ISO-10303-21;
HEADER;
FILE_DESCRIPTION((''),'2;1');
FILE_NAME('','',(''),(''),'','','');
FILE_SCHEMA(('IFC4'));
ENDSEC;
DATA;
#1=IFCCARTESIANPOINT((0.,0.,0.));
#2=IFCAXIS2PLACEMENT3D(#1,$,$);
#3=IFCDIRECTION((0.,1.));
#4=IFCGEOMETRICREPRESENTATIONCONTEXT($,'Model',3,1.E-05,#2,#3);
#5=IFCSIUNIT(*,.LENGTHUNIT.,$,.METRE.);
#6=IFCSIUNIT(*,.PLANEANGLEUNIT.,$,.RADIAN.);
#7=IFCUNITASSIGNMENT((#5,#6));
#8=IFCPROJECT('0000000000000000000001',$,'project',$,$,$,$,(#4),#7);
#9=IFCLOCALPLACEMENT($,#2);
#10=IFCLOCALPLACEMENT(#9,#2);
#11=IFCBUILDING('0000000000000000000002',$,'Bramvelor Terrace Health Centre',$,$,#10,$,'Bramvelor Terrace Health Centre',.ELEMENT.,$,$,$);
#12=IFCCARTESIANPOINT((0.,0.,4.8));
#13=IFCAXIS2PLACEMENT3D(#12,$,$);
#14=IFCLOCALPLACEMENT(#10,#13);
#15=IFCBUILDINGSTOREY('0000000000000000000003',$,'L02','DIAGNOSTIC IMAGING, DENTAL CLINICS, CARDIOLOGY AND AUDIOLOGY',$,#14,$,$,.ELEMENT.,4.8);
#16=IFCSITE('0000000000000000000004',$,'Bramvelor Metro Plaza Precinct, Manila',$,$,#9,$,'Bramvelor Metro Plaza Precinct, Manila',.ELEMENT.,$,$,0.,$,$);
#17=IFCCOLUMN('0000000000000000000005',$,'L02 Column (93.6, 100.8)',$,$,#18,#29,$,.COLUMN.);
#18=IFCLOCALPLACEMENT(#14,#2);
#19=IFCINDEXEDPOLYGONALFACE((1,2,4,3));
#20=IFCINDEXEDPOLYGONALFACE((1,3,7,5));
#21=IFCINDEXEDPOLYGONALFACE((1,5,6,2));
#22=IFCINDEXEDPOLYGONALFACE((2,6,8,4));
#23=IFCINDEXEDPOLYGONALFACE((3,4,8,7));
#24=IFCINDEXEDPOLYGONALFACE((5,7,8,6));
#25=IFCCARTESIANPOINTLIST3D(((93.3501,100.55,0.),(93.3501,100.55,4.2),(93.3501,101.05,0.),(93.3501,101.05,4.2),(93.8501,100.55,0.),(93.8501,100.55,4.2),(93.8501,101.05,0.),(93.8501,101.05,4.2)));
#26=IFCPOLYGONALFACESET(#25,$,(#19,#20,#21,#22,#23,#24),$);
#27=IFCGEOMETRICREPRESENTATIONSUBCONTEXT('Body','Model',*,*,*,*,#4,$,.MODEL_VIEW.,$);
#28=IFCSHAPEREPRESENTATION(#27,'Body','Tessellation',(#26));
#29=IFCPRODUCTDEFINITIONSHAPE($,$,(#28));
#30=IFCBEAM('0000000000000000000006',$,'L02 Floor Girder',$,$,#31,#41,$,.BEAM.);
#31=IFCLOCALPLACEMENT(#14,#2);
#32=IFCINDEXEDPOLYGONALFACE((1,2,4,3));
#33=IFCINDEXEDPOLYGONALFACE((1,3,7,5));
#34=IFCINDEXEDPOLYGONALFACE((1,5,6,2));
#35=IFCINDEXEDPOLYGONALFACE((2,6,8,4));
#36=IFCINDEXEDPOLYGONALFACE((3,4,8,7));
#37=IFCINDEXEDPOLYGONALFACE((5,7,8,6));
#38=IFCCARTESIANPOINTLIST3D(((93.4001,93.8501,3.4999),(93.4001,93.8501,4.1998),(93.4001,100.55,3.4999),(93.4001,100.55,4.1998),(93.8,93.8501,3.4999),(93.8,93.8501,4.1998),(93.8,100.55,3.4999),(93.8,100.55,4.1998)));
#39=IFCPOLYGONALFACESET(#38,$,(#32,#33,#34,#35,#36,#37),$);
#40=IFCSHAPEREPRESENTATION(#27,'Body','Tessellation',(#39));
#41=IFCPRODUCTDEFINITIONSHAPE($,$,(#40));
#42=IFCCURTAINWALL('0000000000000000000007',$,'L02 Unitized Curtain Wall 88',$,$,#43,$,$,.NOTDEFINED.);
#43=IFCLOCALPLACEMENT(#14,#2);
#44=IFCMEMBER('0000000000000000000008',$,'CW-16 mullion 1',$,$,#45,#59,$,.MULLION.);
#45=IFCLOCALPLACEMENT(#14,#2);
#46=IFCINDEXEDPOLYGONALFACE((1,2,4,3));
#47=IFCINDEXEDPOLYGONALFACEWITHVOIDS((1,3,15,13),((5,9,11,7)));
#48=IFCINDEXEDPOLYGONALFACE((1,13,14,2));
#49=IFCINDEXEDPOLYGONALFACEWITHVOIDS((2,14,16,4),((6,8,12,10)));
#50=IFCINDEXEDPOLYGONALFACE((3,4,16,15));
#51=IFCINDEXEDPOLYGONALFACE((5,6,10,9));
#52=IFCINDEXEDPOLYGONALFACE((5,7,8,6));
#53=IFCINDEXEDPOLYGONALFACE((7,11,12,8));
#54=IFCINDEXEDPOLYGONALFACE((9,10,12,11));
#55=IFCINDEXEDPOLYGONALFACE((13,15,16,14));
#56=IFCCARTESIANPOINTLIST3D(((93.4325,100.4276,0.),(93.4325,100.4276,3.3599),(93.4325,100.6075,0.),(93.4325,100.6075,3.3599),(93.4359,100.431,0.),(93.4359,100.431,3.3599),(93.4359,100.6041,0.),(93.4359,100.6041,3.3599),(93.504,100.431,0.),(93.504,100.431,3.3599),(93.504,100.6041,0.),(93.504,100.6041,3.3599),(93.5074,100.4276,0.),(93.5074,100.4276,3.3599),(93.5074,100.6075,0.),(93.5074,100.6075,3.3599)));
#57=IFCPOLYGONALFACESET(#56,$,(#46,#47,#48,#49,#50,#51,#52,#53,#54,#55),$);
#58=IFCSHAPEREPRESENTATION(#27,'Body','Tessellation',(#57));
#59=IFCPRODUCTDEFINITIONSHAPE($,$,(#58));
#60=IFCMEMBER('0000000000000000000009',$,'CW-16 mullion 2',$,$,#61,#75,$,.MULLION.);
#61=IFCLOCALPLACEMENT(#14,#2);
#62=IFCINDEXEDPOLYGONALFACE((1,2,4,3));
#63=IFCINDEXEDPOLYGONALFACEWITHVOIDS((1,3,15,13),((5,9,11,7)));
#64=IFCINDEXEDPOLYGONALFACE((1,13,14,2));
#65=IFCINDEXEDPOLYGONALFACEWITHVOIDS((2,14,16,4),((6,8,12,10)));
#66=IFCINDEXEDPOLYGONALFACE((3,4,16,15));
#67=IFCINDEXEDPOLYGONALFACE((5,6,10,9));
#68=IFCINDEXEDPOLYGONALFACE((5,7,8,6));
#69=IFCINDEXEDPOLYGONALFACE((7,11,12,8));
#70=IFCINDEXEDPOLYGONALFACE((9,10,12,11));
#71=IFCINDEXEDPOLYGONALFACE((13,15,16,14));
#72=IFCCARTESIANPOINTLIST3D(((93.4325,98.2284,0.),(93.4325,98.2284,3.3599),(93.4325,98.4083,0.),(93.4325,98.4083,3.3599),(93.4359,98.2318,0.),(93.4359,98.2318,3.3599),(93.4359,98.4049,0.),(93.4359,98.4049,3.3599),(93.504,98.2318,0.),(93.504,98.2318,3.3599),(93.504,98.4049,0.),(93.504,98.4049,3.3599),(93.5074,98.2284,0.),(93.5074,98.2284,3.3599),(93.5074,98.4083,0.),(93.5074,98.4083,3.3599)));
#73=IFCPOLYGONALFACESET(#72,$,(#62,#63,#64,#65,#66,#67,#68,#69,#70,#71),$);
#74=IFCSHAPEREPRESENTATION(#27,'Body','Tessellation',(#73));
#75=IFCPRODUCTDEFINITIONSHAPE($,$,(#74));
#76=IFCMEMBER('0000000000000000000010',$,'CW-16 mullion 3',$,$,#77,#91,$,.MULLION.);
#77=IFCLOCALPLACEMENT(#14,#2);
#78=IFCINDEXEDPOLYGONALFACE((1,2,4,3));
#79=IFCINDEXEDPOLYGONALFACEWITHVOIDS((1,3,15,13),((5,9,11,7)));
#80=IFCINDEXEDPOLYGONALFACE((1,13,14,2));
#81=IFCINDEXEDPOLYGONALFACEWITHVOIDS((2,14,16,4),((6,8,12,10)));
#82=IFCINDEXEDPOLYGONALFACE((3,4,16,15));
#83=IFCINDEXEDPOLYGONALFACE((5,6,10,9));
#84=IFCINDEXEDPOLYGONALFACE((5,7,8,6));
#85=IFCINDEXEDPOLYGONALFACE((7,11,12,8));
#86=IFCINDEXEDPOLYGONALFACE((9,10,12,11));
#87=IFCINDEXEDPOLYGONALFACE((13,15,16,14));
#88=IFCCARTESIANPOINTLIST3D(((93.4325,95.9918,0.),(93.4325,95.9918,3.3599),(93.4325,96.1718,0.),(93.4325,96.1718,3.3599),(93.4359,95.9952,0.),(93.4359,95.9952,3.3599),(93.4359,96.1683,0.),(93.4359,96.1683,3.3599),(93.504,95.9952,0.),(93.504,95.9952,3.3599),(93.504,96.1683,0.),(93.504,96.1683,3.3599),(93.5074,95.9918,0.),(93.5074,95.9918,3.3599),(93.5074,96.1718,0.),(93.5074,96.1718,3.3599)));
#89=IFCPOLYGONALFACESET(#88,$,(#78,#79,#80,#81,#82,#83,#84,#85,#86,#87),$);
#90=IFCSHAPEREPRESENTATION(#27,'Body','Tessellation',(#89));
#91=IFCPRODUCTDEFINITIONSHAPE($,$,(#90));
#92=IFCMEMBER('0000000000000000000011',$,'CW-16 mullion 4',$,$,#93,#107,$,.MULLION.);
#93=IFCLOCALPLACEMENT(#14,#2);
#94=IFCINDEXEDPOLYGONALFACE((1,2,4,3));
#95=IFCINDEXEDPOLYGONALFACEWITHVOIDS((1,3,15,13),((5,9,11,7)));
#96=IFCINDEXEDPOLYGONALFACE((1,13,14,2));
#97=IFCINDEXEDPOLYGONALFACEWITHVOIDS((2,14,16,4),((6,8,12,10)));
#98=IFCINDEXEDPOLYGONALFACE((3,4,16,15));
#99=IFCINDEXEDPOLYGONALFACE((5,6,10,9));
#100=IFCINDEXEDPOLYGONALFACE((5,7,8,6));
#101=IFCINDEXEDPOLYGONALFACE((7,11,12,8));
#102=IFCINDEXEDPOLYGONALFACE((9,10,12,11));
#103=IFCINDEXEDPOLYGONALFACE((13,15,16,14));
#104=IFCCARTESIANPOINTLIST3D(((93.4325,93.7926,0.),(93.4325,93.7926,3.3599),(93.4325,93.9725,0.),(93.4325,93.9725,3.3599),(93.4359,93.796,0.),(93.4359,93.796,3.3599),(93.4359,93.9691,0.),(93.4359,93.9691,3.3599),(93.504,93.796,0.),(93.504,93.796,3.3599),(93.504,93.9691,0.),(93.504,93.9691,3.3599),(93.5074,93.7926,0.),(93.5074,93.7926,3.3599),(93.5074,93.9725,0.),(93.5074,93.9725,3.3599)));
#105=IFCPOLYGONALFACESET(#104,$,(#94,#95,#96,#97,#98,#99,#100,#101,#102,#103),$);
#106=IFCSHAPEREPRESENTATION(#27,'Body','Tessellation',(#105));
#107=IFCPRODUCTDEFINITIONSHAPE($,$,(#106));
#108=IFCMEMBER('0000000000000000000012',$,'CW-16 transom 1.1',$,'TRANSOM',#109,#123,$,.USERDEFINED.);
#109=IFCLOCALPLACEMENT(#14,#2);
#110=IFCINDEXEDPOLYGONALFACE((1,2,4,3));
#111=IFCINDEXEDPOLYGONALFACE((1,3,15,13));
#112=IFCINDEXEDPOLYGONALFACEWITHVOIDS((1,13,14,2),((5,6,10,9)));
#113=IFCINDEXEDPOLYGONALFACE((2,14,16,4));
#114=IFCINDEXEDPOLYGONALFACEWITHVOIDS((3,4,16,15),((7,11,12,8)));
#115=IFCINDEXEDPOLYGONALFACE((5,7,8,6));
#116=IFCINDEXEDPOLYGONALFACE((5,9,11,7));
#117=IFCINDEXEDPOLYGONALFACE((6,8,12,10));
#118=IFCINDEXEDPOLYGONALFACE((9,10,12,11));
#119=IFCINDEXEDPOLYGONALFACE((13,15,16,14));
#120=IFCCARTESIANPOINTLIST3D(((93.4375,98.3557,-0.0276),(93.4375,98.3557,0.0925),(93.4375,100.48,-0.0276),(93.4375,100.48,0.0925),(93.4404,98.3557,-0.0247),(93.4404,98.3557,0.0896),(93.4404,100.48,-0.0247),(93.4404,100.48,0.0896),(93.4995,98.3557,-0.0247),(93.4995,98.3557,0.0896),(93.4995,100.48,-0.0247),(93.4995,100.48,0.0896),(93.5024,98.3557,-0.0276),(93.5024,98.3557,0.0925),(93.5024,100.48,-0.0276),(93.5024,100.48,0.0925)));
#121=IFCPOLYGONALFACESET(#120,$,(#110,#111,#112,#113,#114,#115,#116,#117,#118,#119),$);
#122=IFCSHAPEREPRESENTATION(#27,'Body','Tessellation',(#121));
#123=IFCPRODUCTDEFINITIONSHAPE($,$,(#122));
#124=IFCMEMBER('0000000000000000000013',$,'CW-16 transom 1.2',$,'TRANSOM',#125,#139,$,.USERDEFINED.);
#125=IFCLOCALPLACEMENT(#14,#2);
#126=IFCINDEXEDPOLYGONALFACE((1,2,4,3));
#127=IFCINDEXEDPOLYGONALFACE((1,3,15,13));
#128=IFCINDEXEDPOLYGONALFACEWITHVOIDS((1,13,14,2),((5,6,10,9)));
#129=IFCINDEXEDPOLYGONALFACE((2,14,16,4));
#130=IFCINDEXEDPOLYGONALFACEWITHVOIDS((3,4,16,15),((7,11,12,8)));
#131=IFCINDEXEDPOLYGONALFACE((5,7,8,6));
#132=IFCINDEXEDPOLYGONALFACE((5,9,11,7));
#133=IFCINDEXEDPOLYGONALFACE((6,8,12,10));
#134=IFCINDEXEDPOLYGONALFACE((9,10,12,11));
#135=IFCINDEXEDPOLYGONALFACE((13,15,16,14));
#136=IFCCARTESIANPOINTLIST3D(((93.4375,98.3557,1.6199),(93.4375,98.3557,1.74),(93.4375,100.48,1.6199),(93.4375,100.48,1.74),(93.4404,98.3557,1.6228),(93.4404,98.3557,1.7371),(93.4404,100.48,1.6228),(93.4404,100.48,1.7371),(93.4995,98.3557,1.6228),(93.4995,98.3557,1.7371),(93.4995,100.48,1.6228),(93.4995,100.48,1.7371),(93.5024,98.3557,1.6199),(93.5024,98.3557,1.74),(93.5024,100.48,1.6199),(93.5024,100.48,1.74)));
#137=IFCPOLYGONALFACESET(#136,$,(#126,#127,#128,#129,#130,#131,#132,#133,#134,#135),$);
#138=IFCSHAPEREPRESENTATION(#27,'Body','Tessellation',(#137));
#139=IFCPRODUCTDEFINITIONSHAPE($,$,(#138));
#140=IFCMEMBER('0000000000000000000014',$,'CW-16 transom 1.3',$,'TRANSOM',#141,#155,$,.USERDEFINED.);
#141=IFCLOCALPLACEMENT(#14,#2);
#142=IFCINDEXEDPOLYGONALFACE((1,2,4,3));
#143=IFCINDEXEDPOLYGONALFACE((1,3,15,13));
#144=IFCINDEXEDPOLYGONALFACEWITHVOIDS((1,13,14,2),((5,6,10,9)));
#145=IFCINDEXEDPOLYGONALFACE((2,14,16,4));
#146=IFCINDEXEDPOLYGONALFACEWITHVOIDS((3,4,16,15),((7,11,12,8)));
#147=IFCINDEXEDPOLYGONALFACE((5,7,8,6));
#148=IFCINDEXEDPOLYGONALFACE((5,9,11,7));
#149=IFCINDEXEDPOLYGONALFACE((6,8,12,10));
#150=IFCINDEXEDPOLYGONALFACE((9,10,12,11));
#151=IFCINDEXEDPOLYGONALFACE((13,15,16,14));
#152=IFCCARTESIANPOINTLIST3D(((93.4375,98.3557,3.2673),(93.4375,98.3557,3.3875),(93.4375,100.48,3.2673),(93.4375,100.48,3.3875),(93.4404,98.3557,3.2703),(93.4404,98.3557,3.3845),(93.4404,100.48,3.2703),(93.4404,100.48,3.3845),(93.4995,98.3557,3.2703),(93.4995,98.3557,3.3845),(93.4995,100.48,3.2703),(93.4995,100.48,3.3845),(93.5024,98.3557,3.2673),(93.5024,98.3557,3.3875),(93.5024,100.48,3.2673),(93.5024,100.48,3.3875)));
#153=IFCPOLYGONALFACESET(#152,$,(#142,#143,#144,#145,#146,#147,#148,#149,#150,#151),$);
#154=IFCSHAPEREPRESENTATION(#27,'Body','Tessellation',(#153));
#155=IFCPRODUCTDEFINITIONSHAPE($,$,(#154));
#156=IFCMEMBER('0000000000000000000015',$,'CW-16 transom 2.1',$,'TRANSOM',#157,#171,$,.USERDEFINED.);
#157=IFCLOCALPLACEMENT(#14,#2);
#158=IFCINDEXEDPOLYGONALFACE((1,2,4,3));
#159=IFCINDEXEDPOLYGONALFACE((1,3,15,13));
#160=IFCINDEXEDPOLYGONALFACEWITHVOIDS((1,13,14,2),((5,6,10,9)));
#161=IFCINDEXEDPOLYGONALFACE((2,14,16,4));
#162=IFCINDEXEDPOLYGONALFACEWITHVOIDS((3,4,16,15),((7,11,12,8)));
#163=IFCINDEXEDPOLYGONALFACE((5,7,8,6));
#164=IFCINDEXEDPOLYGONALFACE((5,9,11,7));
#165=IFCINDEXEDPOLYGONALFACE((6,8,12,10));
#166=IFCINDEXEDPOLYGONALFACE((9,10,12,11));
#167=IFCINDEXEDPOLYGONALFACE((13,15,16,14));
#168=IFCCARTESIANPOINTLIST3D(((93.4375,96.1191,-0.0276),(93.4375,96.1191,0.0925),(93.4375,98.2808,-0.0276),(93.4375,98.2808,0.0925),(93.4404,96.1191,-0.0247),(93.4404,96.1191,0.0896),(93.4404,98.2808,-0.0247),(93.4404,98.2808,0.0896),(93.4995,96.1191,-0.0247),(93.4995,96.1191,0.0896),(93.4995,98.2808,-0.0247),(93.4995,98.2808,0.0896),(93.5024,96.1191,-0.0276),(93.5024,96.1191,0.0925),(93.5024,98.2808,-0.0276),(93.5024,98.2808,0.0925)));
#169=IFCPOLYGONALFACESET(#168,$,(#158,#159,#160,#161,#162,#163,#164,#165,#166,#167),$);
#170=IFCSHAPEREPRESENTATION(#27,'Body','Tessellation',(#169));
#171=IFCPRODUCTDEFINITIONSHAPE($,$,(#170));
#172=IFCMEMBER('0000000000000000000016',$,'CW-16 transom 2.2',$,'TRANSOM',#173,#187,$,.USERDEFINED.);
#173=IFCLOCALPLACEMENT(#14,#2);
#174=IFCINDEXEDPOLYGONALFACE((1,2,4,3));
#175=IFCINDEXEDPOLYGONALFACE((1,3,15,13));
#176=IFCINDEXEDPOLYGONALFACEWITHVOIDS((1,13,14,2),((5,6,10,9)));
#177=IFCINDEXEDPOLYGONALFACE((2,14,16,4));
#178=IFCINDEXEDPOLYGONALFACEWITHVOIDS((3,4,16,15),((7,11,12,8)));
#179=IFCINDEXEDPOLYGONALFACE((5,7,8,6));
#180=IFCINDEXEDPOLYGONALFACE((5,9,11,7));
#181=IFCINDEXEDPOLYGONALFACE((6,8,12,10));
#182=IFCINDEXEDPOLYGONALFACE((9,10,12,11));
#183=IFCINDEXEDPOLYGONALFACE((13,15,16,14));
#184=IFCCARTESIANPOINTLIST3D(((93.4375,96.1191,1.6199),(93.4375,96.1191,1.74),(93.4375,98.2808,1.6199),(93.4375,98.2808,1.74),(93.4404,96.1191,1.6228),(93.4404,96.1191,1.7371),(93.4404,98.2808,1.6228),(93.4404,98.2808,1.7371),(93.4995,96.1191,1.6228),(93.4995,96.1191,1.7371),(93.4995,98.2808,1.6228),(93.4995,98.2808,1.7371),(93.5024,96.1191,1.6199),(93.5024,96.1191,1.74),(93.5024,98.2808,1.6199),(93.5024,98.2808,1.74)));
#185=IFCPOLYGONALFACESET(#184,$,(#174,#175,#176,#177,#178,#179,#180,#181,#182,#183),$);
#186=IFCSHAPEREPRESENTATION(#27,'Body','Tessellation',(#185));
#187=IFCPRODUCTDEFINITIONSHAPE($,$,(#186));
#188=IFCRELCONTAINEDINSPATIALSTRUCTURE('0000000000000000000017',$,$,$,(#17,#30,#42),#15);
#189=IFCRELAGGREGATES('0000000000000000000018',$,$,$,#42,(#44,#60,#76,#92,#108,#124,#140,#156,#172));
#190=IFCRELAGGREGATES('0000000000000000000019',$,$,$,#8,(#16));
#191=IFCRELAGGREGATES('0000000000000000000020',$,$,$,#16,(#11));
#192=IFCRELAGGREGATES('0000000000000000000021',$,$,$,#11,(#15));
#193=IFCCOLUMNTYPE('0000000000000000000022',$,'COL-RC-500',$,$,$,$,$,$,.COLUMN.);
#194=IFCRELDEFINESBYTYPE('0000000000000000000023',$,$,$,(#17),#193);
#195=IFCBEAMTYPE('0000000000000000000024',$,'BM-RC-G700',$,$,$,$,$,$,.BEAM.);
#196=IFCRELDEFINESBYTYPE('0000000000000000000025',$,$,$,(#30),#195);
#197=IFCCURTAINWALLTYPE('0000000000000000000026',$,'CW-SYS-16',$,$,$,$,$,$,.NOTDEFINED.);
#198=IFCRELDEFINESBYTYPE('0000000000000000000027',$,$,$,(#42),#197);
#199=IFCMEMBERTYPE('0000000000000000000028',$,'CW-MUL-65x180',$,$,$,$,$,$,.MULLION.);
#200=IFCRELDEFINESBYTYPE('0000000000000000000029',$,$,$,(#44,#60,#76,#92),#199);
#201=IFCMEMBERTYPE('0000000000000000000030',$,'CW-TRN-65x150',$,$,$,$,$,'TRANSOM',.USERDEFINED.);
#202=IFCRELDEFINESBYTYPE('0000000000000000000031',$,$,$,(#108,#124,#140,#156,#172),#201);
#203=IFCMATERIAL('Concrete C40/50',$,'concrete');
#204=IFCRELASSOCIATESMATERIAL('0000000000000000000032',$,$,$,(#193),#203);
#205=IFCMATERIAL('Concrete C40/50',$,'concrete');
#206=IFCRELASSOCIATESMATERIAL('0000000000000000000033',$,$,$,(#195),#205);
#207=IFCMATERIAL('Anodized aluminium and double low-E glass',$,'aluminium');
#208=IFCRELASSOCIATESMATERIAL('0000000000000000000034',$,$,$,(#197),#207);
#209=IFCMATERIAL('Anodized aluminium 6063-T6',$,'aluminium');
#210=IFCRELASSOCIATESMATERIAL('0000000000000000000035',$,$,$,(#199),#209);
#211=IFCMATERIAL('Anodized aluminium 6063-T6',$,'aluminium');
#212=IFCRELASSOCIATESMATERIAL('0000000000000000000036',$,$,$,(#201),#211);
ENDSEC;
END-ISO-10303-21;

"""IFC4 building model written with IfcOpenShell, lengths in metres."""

from ifc_helpers import new_model, si_unit, direction, frame, origin, origin_2d, place, context, subcontext, project, spatial, rectangle, hollow_rectangle, extrude, material, material_profile, profile_set, type_object, element, aggregate, save


model = new_model("IFC4")

# Units and contexts
model_context = context("Model", 3, precision=1e-05, world=origin(), true_north=direction((0.0, 1.0)))
body_context = subcontext(model_context, "Body", "Model", "MODEL_VIEW")
ifc_project = project(units=[si_unit("LENGTHUNIT", "METRE"), si_unit("PLANEANGLEUNIT", "RADIAN")], contexts=[model_context])

# Site, building, storey
site_placement = place(None, origin())
site = spatial("IfcSite", under=ifc_project, at=site_placement, Name="Bramvelor Metro Plaza Precinct, Manila", LongName="Bramvelor Metro Plaza Precinct, Manila", CompositionType="ELEMENT", RefElevation=0.0)
building_placement = place(site_placement, origin())
building = spatial("IfcBuilding", under=site, at=building_placement, Name="Bramvelor Terrace Health Centre", LongName="Bramvelor Terrace Health Centre", CompositionType="ELEMENT")
storey_placement = place(building_placement, frame((0.0, 0.0, 4.8)))
storey = spatial("IfcBuildingStorey", under=building, at=storey_placement, Name="L02", Description="DIAGNOSTIC IMAGING, DENTAL CLINICS, CARDIOLOGY AND AUDIOLOGY", CompositionType="ELEMENT", Elevation=4.8)

# Column
ifc_material_1 = material(Name="Concrete C40/50", Category="concrete")
ifc_material_profile_1 = material_profile(ifc_material_1, rectangle(XDim=0.5, YDim=0.5, at=origin_2d()), Name="RC 500x500")
ifc_profile_set_1 = profile_set([ifc_material_profile_1], Name="Concrete C40/50")
column_type = type_object("IfcColumnType", Name="COL-RC-500", PredefinedType="COLUMN", material=ifc_profile_set_1)
column_placement = place(storey_placement, frame((93.6001, 100.8, 0.0), z_axis=(0.0, 0.0, 1.0), x_axis=(1.0, 0.0, 0.0)))
element("IfcColumn", 1, at=column_placement, inside=storey, type_object=column_type, Name="L02 Column (93.6, 100.8)", PredefinedType="COLUMN", context=body_context, shape_type="SweptSolid", body=[
    extrude(rectangle(XDim=0.5, YDim=0.5, at=origin_2d()), origin(), (0.0, 0.0, 1.0), 4.2),
])

# Beam
ifc_material_2 = material(Name="Concrete C40/50", Category="concrete")
ifc_material_profile_2 = material_profile(ifc_material_2, rectangle(XDim=0.3999, YDim=0.7, at=origin_2d()), Name="RC 400x700")
ifc_profile_set_2 = profile_set([ifc_material_profile_2], Name="Concrete C40/50")
beam_type = type_object("IfcBeamType", Name="BM-RC-G700", PredefinedType="BEAM", material=ifc_profile_set_2)
beam_placement = place(storey_placement, frame((93.6001, 93.8501, 3.8499), z_axis=(0.0, 1.0, 0.0), x_axis=(-1.0, 0.0, 0.0)))
element("IfcBeam", 2, at=beam_placement, inside=storey, type_object=beam_type, Name="L02 Floor Girder", PredefinedType="BEAM", context=body_context, shape_type="SweptSolid", body=[
    extrude(rectangle(XDim=0.3999, YDim=0.7, at=origin_2d()), origin(), (0.0, 0.0, 1.0), 6.7),
])

# Curtain wall, members
ifc_material_3 = material(Name="Anodized aluminium and double low-E glass", Category="aluminium")
curtain_wall_type = type_object("IfcCurtainWallType", Name="CW-SYS-16", PredefinedType="NOTDEFINED", material=ifc_material_3)
curtain_wall_placement = place(storey_placement, origin())
curtain_wall = element("IfcCurtainWall", 3, at=curtain_wall_placement, inside=storey, type_object=curtain_wall_type, Name="L02 Unitized Curtain Wall 88", PredefinedType="NOTDEFINED")
ifc_material_4 = material(Name="Anodized aluminium 6063-T6", Category="aluminium")
ifc_material_profile_3 = material_profile(ifc_material_4, hollow_rectangle(XDim=0.075, YDim=0.1799, WallThickness=0.0034, at=origin_2d()), Name="ALU-MUL 75x180x3.5")
ifc_profile_set_3 = profile_set([ifc_material_profile_3], Name="Anodized aluminium 6063-T6")
member_type_1 = type_object("IfcMemberType", Name="CW-MUL-65x180", PredefinedType="MULLION", material=ifc_profile_set_3)
member_1_placement = place(storey_placement, frame((93.47, 100.5176, 0.0), z_axis=(0.0, 0.0, 1.0), x_axis=(1.0, 0.0, 0.0)))
member_1 = element("IfcMember", 4, at=member_1_placement, type_object=member_type_1, Name="CW-16 mullion 1", PredefinedType="MULLION", context=body_context, shape_type="SweptSolid", body=[
    extrude(hollow_rectangle(XDim=0.075, YDim=0.1799, WallThickness=0.0034, at=origin_2d()), origin(), (0.0, 0.0, 1.0), 3.3599),
])
member_2_placement = place(storey_placement, frame((93.47, 98.3184, 0.0), z_axis=(0.0, 0.0, 1.0), x_axis=(1.0, 0.0, 0.0)))
member_2 = element("IfcMember", 5, at=member_2_placement, type_object=member_type_1, Name="CW-16 mullion 2", PredefinedType="MULLION", context=body_context, shape_type="SweptSolid", body=[
    extrude(hollow_rectangle(XDim=0.075, YDim=0.1799, WallThickness=0.0034, at=origin_2d()), origin(), (0.0, 0.0, 1.0), 3.3599),
])
member_3_placement = place(storey_placement, frame((93.47, 96.0818, 0.0), z_axis=(0.0, 0.0, 1.0), x_axis=(1.0, 0.0, 0.0)))
member_3 = element("IfcMember", 6, at=member_3_placement, type_object=member_type_1, Name="CW-16 mullion 3", PredefinedType="MULLION", context=body_context, shape_type="SweptSolid", body=[
    extrude(hollow_rectangle(XDim=0.075, YDim=0.1799, WallThickness=0.0034, at=origin_2d()), origin(), (0.0, 0.0, 1.0), 3.3599),
])
member_4_placement = place(storey_placement, frame((93.47, 93.8826, 0.0), z_axis=(0.0, 0.0, 1.0), x_axis=(1.0, 0.0, 0.0)))
member_4 = element("IfcMember", 7, at=member_4_placement, type_object=member_type_1, Name="CW-16 mullion 4", PredefinedType="MULLION", context=body_context, shape_type="SweptSolid", body=[
    extrude(hollow_rectangle(XDim=0.075, YDim=0.1799, WallThickness=0.0034, at=origin_2d()), origin(), (0.0, 0.0, 1.0), 3.3599),
])
ifc_material_5 = material(Name="Anodized aluminium 6063-T6", Category="aluminium")
ifc_material_profile_4 = material_profile(ifc_material_5, hollow_rectangle(XDim=0.0649, YDim=0.1201, WallThickness=0.0029, at=origin_2d()), Name="ALU-TRN 65x120x3.0")
ifc_profile_set_4 = profile_set([ifc_material_profile_4], Name="Anodized aluminium 6063-T6")
member_type_2 = type_object("IfcMemberType", Name="CW-TRN-65x150", ElementType="TRANSOM", PredefinedType="USERDEFINED", material=ifc_profile_set_4)
member_5_placement = place(storey_placement, frame((93.47, 100.48, 0.0325), z_axis=(0.0, -1.0, 0.0), x_axis=(1.0, 0.0, 0.0)))
member_5 = element("IfcMember", 8, at=member_5_placement, type_object=member_type_2, Name="CW-16 transom 1.1", ObjectType="TRANSOM", PredefinedType="USERDEFINED", context=body_context, shape_type="SweptSolid", body=[
    extrude(hollow_rectangle(XDim=0.0649, YDim=0.1201, WallThickness=0.0029, at=origin_2d()), origin(), (0.0, 0.0, 1.0), 2.1243),
])
member_6_placement = place(storey_placement, frame((93.47, 100.48, 1.6799), z_axis=(0.0, -1.0, 0.0), x_axis=(1.0, 0.0, 0.0)))
member_6 = element("IfcMember", 9, at=member_6_placement, type_object=member_type_2, Name="CW-16 transom 1.2", ObjectType="TRANSOM", PredefinedType="USERDEFINED", context=body_context, shape_type="SweptSolid", body=[
    extrude(hollow_rectangle(XDim=0.0649, YDim=0.1201, WallThickness=0.0029, at=origin_2d()), origin(), (0.0, 0.0, 1.0), 2.1243),
])
member_7_placement = place(storey_placement, frame((93.47, 100.48, 3.3274), z_axis=(0.0, -1.0, 0.0), x_axis=(1.0, 0.0, 0.0)))
member_7 = element("IfcMember", 10, at=member_7_placement, type_object=member_type_2, Name="CW-16 transom 1.3", ObjectType="TRANSOM", PredefinedType="USERDEFINED", context=body_context, shape_type="SweptSolid", body=[
    extrude(hollow_rectangle(XDim=0.0649, YDim=0.1201, WallThickness=0.0029, at=origin_2d()), origin(), (0.0, 0.0, 1.0), 2.1243),
])
member_8_placement = place(storey_placement, frame((93.47, 98.2808, 0.0325), z_axis=(0.0, -1.0, 0.0), x_axis=(1.0, 0.0, 0.0)))
member_8 = element("IfcMember", 11, at=member_8_placement, type_object=member_type_2, Name="CW-16 transom 2.1", ObjectType="TRANSOM", PredefinedType="USERDEFINED", context=body_context, shape_type="SweptSolid", body=[
    extrude(hollow_rectangle(XDim=0.0649, YDim=0.1201, WallThickness=0.0029, at=origin_2d()), origin(), (0.0, 0.0, 1.0), 2.1616),
])
member_9_placement = place(storey_placement, frame((93.47, 98.2808, 1.6799), z_axis=(0.0, -1.0, 0.0), x_axis=(1.0, 0.0, 0.0)))
member_9 = element("IfcMember", 12, at=member_9_placement, type_object=member_type_2, Name="CW-16 transom 2.2", ObjectType="TRANSOM", PredefinedType="USERDEFINED", context=body_context, shape_type="SweptSolid", body=[
    extrude(hollow_rectangle(XDim=0.0649, YDim=0.1201, WallThickness=0.0029, at=origin_2d()), origin(), (0.0, 0.0, 1.0), 2.1616),
])
aggregate(curtain_wall, [member_1, member_2, member_3, member_4, member_5, member_6, member_7, member_8, member_9])

save(model, "model.ifc")
